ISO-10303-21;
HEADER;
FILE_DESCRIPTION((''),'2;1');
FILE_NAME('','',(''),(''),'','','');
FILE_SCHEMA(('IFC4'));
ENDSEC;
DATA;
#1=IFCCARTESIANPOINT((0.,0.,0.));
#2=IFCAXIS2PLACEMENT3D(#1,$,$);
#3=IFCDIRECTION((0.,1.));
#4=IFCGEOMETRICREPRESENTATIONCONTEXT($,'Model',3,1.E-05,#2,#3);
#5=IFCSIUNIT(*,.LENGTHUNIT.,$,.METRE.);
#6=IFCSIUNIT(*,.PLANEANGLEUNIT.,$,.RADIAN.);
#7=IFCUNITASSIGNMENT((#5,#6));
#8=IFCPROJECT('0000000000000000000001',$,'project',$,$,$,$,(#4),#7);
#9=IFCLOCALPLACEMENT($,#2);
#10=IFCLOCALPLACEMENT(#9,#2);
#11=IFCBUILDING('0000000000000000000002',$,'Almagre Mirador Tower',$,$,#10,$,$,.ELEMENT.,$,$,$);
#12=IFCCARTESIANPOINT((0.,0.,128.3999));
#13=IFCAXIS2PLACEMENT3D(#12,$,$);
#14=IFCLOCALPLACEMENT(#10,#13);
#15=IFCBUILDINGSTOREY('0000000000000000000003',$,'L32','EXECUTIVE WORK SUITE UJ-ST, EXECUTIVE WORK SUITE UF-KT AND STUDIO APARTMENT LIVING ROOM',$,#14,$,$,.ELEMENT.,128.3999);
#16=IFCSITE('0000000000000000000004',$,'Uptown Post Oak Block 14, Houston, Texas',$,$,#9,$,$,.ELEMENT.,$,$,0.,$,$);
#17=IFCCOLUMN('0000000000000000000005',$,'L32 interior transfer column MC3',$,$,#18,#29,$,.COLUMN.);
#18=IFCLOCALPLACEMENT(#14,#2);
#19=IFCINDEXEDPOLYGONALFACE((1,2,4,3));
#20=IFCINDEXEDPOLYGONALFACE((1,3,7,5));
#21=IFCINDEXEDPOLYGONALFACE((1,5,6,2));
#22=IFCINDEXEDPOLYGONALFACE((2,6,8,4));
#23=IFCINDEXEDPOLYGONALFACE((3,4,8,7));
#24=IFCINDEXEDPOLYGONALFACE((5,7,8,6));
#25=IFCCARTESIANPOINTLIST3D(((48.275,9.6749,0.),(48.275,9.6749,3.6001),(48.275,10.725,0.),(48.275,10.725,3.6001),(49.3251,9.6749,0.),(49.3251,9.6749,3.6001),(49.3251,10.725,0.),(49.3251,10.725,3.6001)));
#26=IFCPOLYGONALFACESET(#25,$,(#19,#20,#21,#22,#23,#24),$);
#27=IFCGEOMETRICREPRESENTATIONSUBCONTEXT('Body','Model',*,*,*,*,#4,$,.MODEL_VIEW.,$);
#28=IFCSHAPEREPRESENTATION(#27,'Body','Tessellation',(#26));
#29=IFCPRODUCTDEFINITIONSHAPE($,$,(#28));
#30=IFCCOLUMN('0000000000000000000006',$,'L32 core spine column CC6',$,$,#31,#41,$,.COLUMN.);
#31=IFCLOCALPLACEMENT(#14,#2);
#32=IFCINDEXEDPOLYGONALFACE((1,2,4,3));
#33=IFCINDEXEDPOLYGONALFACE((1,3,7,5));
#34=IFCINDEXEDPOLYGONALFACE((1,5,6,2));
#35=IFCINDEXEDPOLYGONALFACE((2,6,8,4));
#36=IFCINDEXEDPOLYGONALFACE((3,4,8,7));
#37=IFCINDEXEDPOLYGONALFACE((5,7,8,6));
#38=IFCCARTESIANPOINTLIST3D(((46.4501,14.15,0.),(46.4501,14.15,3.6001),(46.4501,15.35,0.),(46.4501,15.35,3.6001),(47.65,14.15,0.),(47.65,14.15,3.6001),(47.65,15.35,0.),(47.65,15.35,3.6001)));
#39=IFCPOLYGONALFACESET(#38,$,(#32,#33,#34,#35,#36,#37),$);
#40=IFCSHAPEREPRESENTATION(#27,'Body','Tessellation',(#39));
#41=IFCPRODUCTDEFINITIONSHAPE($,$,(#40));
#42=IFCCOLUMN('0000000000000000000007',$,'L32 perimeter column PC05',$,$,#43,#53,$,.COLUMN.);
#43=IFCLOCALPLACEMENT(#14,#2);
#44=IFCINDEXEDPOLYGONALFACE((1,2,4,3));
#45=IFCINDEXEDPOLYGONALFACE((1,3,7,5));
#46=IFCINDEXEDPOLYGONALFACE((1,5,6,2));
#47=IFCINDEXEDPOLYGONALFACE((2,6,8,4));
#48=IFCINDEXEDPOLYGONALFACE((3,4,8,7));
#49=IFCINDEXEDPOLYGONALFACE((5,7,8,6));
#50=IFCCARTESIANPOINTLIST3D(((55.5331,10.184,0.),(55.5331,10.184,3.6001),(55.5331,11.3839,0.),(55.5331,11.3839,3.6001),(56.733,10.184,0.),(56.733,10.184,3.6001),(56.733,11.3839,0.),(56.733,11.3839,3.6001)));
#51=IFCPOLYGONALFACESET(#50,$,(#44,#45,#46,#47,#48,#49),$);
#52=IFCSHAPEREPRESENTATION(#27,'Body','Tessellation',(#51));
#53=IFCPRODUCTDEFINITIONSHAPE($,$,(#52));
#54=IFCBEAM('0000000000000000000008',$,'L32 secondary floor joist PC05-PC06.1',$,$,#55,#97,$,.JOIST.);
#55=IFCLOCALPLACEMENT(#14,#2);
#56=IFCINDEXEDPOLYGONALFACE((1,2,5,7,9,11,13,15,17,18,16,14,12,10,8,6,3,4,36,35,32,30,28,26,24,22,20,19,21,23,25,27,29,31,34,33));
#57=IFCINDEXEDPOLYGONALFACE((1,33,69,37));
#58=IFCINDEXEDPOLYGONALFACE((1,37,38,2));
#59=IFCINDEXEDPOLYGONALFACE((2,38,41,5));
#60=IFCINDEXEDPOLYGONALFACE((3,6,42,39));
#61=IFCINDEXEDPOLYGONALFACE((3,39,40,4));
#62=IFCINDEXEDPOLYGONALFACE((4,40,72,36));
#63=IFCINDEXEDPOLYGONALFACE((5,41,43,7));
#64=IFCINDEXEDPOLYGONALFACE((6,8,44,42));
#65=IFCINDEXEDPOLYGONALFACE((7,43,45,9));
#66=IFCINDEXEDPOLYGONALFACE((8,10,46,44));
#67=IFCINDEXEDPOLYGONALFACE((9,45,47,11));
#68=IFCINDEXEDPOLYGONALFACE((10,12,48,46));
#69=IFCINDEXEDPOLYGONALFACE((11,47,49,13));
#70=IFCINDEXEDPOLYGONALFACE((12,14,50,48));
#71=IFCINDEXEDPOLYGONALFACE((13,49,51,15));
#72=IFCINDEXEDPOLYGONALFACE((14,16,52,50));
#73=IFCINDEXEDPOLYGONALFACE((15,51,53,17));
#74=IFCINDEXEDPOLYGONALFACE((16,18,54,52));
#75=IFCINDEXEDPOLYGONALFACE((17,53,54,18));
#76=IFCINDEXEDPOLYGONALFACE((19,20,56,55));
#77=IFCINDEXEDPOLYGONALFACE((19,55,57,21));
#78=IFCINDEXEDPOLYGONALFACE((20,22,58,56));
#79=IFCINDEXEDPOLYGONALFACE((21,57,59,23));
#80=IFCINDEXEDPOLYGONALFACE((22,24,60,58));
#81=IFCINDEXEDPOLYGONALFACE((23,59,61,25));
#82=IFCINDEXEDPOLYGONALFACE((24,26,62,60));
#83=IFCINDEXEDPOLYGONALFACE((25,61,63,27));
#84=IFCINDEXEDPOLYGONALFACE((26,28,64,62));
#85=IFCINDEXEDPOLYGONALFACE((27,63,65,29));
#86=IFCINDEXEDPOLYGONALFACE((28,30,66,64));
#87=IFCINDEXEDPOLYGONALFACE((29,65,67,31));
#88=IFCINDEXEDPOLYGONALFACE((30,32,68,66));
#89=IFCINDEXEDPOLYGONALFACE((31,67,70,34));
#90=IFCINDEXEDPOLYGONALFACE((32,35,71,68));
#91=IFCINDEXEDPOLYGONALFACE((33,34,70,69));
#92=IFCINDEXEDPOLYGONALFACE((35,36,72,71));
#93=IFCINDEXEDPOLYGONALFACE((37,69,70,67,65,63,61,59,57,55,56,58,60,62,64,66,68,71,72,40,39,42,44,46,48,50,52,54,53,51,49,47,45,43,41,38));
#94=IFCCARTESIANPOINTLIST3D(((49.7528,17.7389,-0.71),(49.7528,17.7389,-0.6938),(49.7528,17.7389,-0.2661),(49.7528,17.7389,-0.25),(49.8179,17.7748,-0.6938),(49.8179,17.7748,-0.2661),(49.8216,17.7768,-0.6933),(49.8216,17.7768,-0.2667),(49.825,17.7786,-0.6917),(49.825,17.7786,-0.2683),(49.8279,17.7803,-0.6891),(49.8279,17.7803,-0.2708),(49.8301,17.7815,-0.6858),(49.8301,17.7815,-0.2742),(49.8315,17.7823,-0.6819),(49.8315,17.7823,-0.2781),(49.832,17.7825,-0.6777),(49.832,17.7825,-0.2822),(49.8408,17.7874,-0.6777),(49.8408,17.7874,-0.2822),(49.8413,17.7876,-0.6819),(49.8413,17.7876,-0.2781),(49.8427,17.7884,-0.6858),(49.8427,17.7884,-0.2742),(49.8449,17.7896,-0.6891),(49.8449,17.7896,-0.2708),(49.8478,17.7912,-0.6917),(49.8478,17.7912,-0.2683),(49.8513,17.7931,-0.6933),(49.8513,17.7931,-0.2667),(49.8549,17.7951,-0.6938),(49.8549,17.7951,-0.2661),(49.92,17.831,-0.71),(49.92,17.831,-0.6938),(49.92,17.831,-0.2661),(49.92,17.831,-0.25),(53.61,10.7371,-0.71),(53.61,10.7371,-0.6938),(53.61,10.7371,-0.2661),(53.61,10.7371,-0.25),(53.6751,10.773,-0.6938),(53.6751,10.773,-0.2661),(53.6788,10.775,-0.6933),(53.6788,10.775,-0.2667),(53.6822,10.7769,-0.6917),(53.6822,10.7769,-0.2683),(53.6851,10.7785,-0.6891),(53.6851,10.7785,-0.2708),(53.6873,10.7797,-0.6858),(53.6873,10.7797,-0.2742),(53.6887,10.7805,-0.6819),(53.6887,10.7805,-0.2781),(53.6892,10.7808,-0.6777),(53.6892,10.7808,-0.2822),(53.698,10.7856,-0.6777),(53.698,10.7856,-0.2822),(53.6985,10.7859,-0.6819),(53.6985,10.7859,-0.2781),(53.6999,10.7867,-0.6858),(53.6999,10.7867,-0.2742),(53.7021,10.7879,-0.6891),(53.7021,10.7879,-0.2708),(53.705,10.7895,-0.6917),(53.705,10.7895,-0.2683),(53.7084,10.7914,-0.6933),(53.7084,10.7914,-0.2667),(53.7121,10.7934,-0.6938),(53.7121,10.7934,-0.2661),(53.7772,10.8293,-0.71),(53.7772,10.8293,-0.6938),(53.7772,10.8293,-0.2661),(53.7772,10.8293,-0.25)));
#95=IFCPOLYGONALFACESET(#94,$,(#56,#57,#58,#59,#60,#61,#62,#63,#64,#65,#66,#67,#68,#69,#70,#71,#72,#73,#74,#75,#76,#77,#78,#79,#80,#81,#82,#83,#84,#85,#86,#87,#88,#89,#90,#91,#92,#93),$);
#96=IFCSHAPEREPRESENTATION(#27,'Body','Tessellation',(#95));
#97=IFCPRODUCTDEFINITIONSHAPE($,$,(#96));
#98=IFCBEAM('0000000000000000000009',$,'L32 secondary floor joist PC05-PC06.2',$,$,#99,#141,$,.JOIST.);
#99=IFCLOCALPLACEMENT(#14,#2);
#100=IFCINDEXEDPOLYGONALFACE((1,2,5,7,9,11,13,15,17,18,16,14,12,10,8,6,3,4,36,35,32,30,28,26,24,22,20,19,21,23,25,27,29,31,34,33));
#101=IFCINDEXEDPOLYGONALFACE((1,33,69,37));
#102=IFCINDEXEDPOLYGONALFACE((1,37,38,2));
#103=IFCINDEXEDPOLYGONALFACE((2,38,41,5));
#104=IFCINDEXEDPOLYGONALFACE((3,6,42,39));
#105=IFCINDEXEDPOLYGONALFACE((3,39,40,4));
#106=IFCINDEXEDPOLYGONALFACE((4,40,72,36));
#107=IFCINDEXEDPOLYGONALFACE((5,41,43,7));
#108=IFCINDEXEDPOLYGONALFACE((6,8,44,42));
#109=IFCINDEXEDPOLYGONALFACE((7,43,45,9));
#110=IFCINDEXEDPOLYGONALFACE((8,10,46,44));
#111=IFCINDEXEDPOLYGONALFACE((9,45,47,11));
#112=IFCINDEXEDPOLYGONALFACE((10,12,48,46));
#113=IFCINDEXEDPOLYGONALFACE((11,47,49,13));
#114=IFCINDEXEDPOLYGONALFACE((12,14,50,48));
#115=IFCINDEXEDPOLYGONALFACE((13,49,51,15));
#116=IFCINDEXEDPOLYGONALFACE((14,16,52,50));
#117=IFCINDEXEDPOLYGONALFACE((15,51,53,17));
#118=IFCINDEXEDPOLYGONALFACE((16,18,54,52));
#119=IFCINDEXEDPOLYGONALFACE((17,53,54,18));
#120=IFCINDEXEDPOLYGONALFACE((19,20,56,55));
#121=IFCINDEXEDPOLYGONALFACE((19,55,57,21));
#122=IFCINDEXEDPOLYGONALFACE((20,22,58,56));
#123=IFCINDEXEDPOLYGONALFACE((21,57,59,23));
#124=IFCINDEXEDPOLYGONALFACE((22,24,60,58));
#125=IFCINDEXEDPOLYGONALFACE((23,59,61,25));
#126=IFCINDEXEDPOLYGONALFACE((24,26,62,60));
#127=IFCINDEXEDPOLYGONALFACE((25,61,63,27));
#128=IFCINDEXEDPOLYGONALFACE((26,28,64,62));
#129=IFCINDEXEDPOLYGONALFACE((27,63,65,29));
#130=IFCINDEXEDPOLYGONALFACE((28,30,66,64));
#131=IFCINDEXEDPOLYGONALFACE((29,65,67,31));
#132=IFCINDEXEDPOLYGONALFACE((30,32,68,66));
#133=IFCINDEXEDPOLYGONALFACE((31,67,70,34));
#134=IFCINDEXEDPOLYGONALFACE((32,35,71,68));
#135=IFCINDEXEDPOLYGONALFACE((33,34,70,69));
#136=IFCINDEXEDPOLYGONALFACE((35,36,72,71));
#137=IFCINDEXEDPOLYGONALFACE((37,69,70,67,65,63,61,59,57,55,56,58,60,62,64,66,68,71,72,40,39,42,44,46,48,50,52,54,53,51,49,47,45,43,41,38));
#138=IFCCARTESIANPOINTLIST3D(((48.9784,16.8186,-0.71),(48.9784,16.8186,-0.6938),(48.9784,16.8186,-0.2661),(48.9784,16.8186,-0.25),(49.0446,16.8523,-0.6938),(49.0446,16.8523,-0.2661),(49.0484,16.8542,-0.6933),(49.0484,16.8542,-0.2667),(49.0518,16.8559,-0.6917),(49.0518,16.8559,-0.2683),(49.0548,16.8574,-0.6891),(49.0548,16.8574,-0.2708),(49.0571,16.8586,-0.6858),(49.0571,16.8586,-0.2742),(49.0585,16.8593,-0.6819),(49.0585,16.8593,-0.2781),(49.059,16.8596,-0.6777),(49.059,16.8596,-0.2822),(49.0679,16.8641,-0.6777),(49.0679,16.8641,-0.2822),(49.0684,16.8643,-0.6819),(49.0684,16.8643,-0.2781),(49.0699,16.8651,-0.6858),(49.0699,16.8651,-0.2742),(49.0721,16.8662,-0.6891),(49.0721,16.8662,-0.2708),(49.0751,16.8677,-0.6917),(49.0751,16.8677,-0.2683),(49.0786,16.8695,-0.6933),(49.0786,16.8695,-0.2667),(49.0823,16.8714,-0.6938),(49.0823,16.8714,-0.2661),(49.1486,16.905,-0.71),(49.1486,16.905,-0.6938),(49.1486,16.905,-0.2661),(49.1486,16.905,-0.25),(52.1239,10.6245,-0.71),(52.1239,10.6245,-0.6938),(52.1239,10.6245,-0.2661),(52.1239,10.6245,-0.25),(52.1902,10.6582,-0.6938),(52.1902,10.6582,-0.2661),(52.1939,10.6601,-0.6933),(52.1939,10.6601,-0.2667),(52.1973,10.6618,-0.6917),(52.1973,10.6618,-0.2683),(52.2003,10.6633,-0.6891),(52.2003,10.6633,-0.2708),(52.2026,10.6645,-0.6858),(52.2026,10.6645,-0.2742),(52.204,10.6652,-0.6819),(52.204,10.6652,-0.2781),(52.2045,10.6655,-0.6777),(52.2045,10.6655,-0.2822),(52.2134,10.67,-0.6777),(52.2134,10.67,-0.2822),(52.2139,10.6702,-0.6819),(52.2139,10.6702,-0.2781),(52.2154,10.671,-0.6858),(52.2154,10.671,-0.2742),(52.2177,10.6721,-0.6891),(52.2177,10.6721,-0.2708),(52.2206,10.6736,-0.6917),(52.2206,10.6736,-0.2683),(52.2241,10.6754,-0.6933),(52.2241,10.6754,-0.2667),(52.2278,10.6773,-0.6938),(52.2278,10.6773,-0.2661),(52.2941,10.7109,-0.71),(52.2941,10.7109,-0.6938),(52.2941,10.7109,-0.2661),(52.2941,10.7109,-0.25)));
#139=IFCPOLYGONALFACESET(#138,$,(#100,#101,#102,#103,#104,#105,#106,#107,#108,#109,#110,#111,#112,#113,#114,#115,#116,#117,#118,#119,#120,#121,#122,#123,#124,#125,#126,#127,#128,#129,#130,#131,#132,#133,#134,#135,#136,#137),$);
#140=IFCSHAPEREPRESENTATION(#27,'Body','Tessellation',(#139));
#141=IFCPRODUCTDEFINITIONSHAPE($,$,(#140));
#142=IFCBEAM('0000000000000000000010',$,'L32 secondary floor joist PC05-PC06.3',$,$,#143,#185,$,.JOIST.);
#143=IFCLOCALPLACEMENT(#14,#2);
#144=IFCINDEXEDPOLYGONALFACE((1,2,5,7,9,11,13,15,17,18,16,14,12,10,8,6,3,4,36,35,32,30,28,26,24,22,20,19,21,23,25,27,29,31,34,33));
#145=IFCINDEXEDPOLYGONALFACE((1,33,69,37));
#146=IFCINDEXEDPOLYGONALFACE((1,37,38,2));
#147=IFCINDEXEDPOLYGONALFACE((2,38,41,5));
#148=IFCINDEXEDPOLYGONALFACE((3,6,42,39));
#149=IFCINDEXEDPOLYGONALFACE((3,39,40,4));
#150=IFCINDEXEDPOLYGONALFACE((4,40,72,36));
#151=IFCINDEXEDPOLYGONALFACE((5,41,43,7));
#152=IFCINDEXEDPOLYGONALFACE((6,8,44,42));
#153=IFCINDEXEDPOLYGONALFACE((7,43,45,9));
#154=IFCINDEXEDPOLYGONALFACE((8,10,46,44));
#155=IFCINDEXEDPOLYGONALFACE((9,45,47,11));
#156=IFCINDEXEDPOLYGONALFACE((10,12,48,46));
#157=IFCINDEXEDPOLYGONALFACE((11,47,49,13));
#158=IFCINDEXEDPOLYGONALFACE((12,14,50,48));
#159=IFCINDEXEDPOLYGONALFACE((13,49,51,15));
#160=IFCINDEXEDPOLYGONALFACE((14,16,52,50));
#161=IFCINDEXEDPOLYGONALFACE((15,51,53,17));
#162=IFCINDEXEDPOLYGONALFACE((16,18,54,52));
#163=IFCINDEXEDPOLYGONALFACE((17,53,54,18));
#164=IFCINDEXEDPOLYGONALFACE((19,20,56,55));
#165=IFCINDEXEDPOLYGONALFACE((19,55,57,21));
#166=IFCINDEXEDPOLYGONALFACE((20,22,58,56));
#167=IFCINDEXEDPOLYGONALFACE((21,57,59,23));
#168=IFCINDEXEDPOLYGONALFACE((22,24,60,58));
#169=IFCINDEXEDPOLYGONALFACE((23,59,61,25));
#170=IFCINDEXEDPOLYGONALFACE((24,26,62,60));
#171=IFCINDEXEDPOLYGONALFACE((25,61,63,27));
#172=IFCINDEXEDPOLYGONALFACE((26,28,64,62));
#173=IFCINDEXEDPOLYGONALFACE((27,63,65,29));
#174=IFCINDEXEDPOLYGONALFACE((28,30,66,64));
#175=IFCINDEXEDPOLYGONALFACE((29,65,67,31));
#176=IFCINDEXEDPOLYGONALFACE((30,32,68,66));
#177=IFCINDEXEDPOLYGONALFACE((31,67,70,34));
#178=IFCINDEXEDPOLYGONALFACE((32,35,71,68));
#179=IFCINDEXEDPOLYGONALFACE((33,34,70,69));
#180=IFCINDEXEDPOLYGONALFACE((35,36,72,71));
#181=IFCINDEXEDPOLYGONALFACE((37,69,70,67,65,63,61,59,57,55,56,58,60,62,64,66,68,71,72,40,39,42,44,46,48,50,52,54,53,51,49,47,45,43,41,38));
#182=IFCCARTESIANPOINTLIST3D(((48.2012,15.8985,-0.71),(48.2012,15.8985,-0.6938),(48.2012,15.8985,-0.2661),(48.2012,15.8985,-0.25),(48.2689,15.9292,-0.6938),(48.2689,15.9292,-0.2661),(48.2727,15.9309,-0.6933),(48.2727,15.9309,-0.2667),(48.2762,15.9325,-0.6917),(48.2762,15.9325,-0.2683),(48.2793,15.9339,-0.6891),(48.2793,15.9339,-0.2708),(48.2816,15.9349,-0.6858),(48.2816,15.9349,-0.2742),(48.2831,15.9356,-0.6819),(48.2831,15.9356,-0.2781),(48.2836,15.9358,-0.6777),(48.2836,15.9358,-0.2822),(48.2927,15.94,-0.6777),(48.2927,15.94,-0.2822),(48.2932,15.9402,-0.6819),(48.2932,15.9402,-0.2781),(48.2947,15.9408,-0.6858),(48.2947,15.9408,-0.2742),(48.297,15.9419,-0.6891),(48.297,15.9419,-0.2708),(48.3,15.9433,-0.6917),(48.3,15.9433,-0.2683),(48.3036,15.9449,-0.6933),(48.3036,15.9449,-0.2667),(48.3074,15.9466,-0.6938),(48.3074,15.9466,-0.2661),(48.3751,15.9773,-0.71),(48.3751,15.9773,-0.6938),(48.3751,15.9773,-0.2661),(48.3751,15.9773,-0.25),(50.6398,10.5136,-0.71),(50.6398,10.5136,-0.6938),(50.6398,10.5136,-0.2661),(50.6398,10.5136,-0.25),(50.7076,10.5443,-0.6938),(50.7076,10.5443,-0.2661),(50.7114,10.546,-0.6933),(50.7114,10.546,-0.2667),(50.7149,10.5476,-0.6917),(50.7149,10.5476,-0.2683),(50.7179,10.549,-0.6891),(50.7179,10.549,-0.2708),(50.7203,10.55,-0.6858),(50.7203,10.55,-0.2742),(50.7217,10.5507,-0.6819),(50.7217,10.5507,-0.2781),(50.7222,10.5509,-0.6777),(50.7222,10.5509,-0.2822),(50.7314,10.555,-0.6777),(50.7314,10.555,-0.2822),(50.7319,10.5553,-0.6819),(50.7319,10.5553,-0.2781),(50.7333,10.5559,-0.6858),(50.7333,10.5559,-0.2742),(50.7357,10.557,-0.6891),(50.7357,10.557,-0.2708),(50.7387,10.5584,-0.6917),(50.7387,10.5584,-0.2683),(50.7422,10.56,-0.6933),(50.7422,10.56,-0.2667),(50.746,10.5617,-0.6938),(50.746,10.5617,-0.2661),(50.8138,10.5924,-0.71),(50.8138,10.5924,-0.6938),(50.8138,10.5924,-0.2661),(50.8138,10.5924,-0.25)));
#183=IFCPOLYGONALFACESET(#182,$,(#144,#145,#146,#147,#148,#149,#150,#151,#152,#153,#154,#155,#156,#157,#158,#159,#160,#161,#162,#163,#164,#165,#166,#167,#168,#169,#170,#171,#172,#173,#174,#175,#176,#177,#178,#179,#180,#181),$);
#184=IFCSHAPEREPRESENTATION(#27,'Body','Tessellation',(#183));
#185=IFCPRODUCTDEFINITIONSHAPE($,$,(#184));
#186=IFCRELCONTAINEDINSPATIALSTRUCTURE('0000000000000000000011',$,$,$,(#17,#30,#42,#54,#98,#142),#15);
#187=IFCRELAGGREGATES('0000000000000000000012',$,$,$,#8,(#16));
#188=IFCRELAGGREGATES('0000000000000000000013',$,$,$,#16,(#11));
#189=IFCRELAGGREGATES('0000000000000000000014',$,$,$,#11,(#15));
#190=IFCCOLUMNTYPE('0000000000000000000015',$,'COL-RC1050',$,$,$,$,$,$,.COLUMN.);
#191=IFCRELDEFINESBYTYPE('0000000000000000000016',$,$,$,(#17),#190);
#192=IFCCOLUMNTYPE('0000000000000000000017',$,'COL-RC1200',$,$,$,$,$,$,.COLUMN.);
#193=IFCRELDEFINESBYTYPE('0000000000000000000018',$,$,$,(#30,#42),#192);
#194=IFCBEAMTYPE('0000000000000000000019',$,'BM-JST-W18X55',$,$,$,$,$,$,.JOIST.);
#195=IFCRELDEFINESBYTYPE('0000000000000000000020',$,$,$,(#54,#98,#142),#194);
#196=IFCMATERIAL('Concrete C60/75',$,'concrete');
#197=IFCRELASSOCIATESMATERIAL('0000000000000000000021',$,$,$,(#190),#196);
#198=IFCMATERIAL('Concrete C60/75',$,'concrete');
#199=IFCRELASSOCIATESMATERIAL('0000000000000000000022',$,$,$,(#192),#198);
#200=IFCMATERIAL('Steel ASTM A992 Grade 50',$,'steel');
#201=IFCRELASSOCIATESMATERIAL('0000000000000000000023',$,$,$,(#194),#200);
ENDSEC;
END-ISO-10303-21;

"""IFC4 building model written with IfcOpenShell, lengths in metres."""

from ifc_helpers import new_model, si_unit, direction, frame, origin, origin_2d, place, context, subcontext, project, spatial, rectangle, i_section, extrude, material, material_profile, profile_set, type_object, element, save


model = new_model("IFC4")

# Units and contexts
model_context = context("Model", 3, precision=1e-05, world=origin(), true_north=direction((0.0, 1.0)))
body_context = subcontext(model_context, "Body", "Model", "MODEL_VIEW")
ifc_project = project(units=[si_unit("LENGTHUNIT", "METRE"), si_unit("PLANEANGLEUNIT", "RADIAN")], contexts=[model_context])

# Site, building, storey
site_placement = place(None, origin())
site = spatial("IfcSite", under=ifc_project, at=site_placement, Name="Uptown Post Oak Block 14, Houston, Texas", CompositionType="ELEMENT", RefElevation=0.0)
building_placement = place(site_placement, origin())
building = spatial("IfcBuilding", under=site, at=building_placement, Name="Almagre Mirador Tower", CompositionType="ELEMENT")
storey_placement = place(building_placement, frame((0.0, 0.0, 128.3999)))
storey = spatial("IfcBuildingStorey", under=building, at=storey_placement, Name="L32", Description="EXECUTIVE WORK SUITE UJ-ST, EXECUTIVE WORK SUITE UF-KT AND STUDIO APARTMENT LIVING ROOM", CompositionType="ELEMENT", Elevation=128.3999)

# Columns
ifc_material_1 = material(Name="Concrete C60/75", Category="concrete")
ifc_material_profile_1 = material_profile(ifc_material_1, rectangle(XDim=1.05, YDim=1.05, at=origin_2d()), Name="RC1050X1050")
ifc_profile_set_1 = profile_set([ifc_material_profile_1], Name="Concrete C60/75")
column_type_1 = type_object("IfcColumnType", Name="COL-RC1050", PredefinedType="COLUMN", material=ifc_profile_set_1)
column_placement = place(storey_placement, frame((48.8, 10.2, 0.0), z_axis=(0.0, 0.0, 1.0), x_axis=(1.0, 0.0, 0.0)))
element("IfcColumn", 1, at=column_placement, inside=storey, type_object=column_type_1, Name="L32 interior transfer column MC3", PredefinedType="COLUMN", context=body_context, shape_type="SweptSolid", body=[
    extrude(rectangle(XDim=1.05, YDim=1.05, at=origin_2d()), origin(), (0.0, 0.0, 1.0), 3.6001),
])
ifc_material_2 = material(Name="Concrete C60/75", Category="concrete")
ifc_material_profile_2 = material_profile(ifc_material_2, rectangle(XDim=1.2, YDim=1.2, at=origin_2d()), Name="RC1200X1200")
ifc_profile_set_2 = profile_set([ifc_material_profile_2], Name="Concrete C60/75")
column_type_2 = type_object("IfcColumnType", Name="COL-RC1200", PredefinedType="COLUMN", material=ifc_profile_set_2)
for number, where, z_axis, x_axis, name in (
    (2, (47.05, 14.75, 0.0), (0.0, 0.0, 1.0), (1.0, 0.0, 0.0), "L32 core spine column CC6"),
    (3, (56.1331, 10.7839, 0.0), (0.0, 0.0, 1.0), (1.0, 0.0, 0.0), "L32 perimeter column PC05"),
):
    element("IfcColumn", number, at=place(storey_placement, frame(where, z_axis=z_axis, x_axis=x_axis)), inside=storey, type_object=column_type_2, Name=name, PredefinedType="COLUMN", context=body_context, shape_type="SweptSolid", body=[
        extrude(rectangle(XDim=1.2, YDim=1.2, at=origin_2d()), origin(), (0.0, 0.0, 1.0), 3.6001),
    ])

# Beams
ifc_material_3 = material(Name="Steel ASTM A992 Grade 50", Category="steel")
ifc_material_profile_3 = material_profile(ifc_material_3, i_section(OverallWidth=0.1909, OverallDepth=0.46, WebThickness=0.01, FlangeThickness=0.0161, FilletRadius=0.0161, at=origin_2d()), Name="W18X55")
ifc_profile_set_3 = profile_set([ifc_material_profile_3], Name="Steel ASTM A992 Grade 50")
beam_type_1 = type_object("IfcBeamType", Name="BM-JST-W18X55", PredefinedType="JOIST", material=ifc_profile_set_3)
beam_1_placement = place(storey_placement, frame((53.6936, 10.7832, -0.48), z_axis=(-0.482518, 0.875886, 0.0), x_axis=(-0.875886, -0.482518, 0.0)))
element("IfcBeam", 4, at=beam_1_placement, inside=storey, type_object=beam_type_1, Name="L32 secondary floor joist PC05-PC06.1", PredefinedType="JOIST", context=body_context, shape_type="SweptSolid", body=[
    extrude(i_section(OverallWidth=0.1909, OverallDepth=0.46, WebThickness=0.01, FlangeThickness=0.0161, FilletRadius=0.0161, at=origin_2d()), origin(), (0.0, 0.0, 1.0), 7.9939),
])
beam_2_placement = place(storey_placement, frame((52.209, 10.6677, -0.48), z_axis=(-0.452786, 0.891619, 0.0), x_axis=(-0.891619, -0.452786, 0.0)))
element("IfcBeam", 5, at=beam_2_placement, inside=storey, type_object=beam_type_1, Name="L32 secondary floor joist PC05-PC06.2", PredefinedType="JOIST", context=body_context, shape_type="SweptSolid", body=[
    extrude(i_section(OverallWidth=0.1909, OverallDepth=0.46, WebThickness=0.01, FlangeThickness=0.0161, FilletRadius=0.0161, at=origin_2d()), origin(), (0.0, 0.0, 1.0), 6.947),
])
beam_3_placement = place(storey_placement, frame((50.7268, 10.553, -0.48), z_axis=(-0.412539, 0.91094, 0.0), x_axis=(-0.91094, -0.412539, 0.0)))
element("IfcBeam", 6, at=beam_3_placement, inside=storey, type_object=beam_type_1, Name="L32 secondary floor joist PC05-PC06.3", PredefinedType="JOIST", context=body_context, shape_type="SweptSolid", body=[
    extrude(i_section(OverallWidth=0.1909, OverallDepth=0.46, WebThickness=0.01, FlangeThickness=0.0161, FilletRadius=0.0161, at=origin_2d()), origin(), (0.0, 0.0, 1.0), 5.9114),
])

save(model, "model.ifc")
